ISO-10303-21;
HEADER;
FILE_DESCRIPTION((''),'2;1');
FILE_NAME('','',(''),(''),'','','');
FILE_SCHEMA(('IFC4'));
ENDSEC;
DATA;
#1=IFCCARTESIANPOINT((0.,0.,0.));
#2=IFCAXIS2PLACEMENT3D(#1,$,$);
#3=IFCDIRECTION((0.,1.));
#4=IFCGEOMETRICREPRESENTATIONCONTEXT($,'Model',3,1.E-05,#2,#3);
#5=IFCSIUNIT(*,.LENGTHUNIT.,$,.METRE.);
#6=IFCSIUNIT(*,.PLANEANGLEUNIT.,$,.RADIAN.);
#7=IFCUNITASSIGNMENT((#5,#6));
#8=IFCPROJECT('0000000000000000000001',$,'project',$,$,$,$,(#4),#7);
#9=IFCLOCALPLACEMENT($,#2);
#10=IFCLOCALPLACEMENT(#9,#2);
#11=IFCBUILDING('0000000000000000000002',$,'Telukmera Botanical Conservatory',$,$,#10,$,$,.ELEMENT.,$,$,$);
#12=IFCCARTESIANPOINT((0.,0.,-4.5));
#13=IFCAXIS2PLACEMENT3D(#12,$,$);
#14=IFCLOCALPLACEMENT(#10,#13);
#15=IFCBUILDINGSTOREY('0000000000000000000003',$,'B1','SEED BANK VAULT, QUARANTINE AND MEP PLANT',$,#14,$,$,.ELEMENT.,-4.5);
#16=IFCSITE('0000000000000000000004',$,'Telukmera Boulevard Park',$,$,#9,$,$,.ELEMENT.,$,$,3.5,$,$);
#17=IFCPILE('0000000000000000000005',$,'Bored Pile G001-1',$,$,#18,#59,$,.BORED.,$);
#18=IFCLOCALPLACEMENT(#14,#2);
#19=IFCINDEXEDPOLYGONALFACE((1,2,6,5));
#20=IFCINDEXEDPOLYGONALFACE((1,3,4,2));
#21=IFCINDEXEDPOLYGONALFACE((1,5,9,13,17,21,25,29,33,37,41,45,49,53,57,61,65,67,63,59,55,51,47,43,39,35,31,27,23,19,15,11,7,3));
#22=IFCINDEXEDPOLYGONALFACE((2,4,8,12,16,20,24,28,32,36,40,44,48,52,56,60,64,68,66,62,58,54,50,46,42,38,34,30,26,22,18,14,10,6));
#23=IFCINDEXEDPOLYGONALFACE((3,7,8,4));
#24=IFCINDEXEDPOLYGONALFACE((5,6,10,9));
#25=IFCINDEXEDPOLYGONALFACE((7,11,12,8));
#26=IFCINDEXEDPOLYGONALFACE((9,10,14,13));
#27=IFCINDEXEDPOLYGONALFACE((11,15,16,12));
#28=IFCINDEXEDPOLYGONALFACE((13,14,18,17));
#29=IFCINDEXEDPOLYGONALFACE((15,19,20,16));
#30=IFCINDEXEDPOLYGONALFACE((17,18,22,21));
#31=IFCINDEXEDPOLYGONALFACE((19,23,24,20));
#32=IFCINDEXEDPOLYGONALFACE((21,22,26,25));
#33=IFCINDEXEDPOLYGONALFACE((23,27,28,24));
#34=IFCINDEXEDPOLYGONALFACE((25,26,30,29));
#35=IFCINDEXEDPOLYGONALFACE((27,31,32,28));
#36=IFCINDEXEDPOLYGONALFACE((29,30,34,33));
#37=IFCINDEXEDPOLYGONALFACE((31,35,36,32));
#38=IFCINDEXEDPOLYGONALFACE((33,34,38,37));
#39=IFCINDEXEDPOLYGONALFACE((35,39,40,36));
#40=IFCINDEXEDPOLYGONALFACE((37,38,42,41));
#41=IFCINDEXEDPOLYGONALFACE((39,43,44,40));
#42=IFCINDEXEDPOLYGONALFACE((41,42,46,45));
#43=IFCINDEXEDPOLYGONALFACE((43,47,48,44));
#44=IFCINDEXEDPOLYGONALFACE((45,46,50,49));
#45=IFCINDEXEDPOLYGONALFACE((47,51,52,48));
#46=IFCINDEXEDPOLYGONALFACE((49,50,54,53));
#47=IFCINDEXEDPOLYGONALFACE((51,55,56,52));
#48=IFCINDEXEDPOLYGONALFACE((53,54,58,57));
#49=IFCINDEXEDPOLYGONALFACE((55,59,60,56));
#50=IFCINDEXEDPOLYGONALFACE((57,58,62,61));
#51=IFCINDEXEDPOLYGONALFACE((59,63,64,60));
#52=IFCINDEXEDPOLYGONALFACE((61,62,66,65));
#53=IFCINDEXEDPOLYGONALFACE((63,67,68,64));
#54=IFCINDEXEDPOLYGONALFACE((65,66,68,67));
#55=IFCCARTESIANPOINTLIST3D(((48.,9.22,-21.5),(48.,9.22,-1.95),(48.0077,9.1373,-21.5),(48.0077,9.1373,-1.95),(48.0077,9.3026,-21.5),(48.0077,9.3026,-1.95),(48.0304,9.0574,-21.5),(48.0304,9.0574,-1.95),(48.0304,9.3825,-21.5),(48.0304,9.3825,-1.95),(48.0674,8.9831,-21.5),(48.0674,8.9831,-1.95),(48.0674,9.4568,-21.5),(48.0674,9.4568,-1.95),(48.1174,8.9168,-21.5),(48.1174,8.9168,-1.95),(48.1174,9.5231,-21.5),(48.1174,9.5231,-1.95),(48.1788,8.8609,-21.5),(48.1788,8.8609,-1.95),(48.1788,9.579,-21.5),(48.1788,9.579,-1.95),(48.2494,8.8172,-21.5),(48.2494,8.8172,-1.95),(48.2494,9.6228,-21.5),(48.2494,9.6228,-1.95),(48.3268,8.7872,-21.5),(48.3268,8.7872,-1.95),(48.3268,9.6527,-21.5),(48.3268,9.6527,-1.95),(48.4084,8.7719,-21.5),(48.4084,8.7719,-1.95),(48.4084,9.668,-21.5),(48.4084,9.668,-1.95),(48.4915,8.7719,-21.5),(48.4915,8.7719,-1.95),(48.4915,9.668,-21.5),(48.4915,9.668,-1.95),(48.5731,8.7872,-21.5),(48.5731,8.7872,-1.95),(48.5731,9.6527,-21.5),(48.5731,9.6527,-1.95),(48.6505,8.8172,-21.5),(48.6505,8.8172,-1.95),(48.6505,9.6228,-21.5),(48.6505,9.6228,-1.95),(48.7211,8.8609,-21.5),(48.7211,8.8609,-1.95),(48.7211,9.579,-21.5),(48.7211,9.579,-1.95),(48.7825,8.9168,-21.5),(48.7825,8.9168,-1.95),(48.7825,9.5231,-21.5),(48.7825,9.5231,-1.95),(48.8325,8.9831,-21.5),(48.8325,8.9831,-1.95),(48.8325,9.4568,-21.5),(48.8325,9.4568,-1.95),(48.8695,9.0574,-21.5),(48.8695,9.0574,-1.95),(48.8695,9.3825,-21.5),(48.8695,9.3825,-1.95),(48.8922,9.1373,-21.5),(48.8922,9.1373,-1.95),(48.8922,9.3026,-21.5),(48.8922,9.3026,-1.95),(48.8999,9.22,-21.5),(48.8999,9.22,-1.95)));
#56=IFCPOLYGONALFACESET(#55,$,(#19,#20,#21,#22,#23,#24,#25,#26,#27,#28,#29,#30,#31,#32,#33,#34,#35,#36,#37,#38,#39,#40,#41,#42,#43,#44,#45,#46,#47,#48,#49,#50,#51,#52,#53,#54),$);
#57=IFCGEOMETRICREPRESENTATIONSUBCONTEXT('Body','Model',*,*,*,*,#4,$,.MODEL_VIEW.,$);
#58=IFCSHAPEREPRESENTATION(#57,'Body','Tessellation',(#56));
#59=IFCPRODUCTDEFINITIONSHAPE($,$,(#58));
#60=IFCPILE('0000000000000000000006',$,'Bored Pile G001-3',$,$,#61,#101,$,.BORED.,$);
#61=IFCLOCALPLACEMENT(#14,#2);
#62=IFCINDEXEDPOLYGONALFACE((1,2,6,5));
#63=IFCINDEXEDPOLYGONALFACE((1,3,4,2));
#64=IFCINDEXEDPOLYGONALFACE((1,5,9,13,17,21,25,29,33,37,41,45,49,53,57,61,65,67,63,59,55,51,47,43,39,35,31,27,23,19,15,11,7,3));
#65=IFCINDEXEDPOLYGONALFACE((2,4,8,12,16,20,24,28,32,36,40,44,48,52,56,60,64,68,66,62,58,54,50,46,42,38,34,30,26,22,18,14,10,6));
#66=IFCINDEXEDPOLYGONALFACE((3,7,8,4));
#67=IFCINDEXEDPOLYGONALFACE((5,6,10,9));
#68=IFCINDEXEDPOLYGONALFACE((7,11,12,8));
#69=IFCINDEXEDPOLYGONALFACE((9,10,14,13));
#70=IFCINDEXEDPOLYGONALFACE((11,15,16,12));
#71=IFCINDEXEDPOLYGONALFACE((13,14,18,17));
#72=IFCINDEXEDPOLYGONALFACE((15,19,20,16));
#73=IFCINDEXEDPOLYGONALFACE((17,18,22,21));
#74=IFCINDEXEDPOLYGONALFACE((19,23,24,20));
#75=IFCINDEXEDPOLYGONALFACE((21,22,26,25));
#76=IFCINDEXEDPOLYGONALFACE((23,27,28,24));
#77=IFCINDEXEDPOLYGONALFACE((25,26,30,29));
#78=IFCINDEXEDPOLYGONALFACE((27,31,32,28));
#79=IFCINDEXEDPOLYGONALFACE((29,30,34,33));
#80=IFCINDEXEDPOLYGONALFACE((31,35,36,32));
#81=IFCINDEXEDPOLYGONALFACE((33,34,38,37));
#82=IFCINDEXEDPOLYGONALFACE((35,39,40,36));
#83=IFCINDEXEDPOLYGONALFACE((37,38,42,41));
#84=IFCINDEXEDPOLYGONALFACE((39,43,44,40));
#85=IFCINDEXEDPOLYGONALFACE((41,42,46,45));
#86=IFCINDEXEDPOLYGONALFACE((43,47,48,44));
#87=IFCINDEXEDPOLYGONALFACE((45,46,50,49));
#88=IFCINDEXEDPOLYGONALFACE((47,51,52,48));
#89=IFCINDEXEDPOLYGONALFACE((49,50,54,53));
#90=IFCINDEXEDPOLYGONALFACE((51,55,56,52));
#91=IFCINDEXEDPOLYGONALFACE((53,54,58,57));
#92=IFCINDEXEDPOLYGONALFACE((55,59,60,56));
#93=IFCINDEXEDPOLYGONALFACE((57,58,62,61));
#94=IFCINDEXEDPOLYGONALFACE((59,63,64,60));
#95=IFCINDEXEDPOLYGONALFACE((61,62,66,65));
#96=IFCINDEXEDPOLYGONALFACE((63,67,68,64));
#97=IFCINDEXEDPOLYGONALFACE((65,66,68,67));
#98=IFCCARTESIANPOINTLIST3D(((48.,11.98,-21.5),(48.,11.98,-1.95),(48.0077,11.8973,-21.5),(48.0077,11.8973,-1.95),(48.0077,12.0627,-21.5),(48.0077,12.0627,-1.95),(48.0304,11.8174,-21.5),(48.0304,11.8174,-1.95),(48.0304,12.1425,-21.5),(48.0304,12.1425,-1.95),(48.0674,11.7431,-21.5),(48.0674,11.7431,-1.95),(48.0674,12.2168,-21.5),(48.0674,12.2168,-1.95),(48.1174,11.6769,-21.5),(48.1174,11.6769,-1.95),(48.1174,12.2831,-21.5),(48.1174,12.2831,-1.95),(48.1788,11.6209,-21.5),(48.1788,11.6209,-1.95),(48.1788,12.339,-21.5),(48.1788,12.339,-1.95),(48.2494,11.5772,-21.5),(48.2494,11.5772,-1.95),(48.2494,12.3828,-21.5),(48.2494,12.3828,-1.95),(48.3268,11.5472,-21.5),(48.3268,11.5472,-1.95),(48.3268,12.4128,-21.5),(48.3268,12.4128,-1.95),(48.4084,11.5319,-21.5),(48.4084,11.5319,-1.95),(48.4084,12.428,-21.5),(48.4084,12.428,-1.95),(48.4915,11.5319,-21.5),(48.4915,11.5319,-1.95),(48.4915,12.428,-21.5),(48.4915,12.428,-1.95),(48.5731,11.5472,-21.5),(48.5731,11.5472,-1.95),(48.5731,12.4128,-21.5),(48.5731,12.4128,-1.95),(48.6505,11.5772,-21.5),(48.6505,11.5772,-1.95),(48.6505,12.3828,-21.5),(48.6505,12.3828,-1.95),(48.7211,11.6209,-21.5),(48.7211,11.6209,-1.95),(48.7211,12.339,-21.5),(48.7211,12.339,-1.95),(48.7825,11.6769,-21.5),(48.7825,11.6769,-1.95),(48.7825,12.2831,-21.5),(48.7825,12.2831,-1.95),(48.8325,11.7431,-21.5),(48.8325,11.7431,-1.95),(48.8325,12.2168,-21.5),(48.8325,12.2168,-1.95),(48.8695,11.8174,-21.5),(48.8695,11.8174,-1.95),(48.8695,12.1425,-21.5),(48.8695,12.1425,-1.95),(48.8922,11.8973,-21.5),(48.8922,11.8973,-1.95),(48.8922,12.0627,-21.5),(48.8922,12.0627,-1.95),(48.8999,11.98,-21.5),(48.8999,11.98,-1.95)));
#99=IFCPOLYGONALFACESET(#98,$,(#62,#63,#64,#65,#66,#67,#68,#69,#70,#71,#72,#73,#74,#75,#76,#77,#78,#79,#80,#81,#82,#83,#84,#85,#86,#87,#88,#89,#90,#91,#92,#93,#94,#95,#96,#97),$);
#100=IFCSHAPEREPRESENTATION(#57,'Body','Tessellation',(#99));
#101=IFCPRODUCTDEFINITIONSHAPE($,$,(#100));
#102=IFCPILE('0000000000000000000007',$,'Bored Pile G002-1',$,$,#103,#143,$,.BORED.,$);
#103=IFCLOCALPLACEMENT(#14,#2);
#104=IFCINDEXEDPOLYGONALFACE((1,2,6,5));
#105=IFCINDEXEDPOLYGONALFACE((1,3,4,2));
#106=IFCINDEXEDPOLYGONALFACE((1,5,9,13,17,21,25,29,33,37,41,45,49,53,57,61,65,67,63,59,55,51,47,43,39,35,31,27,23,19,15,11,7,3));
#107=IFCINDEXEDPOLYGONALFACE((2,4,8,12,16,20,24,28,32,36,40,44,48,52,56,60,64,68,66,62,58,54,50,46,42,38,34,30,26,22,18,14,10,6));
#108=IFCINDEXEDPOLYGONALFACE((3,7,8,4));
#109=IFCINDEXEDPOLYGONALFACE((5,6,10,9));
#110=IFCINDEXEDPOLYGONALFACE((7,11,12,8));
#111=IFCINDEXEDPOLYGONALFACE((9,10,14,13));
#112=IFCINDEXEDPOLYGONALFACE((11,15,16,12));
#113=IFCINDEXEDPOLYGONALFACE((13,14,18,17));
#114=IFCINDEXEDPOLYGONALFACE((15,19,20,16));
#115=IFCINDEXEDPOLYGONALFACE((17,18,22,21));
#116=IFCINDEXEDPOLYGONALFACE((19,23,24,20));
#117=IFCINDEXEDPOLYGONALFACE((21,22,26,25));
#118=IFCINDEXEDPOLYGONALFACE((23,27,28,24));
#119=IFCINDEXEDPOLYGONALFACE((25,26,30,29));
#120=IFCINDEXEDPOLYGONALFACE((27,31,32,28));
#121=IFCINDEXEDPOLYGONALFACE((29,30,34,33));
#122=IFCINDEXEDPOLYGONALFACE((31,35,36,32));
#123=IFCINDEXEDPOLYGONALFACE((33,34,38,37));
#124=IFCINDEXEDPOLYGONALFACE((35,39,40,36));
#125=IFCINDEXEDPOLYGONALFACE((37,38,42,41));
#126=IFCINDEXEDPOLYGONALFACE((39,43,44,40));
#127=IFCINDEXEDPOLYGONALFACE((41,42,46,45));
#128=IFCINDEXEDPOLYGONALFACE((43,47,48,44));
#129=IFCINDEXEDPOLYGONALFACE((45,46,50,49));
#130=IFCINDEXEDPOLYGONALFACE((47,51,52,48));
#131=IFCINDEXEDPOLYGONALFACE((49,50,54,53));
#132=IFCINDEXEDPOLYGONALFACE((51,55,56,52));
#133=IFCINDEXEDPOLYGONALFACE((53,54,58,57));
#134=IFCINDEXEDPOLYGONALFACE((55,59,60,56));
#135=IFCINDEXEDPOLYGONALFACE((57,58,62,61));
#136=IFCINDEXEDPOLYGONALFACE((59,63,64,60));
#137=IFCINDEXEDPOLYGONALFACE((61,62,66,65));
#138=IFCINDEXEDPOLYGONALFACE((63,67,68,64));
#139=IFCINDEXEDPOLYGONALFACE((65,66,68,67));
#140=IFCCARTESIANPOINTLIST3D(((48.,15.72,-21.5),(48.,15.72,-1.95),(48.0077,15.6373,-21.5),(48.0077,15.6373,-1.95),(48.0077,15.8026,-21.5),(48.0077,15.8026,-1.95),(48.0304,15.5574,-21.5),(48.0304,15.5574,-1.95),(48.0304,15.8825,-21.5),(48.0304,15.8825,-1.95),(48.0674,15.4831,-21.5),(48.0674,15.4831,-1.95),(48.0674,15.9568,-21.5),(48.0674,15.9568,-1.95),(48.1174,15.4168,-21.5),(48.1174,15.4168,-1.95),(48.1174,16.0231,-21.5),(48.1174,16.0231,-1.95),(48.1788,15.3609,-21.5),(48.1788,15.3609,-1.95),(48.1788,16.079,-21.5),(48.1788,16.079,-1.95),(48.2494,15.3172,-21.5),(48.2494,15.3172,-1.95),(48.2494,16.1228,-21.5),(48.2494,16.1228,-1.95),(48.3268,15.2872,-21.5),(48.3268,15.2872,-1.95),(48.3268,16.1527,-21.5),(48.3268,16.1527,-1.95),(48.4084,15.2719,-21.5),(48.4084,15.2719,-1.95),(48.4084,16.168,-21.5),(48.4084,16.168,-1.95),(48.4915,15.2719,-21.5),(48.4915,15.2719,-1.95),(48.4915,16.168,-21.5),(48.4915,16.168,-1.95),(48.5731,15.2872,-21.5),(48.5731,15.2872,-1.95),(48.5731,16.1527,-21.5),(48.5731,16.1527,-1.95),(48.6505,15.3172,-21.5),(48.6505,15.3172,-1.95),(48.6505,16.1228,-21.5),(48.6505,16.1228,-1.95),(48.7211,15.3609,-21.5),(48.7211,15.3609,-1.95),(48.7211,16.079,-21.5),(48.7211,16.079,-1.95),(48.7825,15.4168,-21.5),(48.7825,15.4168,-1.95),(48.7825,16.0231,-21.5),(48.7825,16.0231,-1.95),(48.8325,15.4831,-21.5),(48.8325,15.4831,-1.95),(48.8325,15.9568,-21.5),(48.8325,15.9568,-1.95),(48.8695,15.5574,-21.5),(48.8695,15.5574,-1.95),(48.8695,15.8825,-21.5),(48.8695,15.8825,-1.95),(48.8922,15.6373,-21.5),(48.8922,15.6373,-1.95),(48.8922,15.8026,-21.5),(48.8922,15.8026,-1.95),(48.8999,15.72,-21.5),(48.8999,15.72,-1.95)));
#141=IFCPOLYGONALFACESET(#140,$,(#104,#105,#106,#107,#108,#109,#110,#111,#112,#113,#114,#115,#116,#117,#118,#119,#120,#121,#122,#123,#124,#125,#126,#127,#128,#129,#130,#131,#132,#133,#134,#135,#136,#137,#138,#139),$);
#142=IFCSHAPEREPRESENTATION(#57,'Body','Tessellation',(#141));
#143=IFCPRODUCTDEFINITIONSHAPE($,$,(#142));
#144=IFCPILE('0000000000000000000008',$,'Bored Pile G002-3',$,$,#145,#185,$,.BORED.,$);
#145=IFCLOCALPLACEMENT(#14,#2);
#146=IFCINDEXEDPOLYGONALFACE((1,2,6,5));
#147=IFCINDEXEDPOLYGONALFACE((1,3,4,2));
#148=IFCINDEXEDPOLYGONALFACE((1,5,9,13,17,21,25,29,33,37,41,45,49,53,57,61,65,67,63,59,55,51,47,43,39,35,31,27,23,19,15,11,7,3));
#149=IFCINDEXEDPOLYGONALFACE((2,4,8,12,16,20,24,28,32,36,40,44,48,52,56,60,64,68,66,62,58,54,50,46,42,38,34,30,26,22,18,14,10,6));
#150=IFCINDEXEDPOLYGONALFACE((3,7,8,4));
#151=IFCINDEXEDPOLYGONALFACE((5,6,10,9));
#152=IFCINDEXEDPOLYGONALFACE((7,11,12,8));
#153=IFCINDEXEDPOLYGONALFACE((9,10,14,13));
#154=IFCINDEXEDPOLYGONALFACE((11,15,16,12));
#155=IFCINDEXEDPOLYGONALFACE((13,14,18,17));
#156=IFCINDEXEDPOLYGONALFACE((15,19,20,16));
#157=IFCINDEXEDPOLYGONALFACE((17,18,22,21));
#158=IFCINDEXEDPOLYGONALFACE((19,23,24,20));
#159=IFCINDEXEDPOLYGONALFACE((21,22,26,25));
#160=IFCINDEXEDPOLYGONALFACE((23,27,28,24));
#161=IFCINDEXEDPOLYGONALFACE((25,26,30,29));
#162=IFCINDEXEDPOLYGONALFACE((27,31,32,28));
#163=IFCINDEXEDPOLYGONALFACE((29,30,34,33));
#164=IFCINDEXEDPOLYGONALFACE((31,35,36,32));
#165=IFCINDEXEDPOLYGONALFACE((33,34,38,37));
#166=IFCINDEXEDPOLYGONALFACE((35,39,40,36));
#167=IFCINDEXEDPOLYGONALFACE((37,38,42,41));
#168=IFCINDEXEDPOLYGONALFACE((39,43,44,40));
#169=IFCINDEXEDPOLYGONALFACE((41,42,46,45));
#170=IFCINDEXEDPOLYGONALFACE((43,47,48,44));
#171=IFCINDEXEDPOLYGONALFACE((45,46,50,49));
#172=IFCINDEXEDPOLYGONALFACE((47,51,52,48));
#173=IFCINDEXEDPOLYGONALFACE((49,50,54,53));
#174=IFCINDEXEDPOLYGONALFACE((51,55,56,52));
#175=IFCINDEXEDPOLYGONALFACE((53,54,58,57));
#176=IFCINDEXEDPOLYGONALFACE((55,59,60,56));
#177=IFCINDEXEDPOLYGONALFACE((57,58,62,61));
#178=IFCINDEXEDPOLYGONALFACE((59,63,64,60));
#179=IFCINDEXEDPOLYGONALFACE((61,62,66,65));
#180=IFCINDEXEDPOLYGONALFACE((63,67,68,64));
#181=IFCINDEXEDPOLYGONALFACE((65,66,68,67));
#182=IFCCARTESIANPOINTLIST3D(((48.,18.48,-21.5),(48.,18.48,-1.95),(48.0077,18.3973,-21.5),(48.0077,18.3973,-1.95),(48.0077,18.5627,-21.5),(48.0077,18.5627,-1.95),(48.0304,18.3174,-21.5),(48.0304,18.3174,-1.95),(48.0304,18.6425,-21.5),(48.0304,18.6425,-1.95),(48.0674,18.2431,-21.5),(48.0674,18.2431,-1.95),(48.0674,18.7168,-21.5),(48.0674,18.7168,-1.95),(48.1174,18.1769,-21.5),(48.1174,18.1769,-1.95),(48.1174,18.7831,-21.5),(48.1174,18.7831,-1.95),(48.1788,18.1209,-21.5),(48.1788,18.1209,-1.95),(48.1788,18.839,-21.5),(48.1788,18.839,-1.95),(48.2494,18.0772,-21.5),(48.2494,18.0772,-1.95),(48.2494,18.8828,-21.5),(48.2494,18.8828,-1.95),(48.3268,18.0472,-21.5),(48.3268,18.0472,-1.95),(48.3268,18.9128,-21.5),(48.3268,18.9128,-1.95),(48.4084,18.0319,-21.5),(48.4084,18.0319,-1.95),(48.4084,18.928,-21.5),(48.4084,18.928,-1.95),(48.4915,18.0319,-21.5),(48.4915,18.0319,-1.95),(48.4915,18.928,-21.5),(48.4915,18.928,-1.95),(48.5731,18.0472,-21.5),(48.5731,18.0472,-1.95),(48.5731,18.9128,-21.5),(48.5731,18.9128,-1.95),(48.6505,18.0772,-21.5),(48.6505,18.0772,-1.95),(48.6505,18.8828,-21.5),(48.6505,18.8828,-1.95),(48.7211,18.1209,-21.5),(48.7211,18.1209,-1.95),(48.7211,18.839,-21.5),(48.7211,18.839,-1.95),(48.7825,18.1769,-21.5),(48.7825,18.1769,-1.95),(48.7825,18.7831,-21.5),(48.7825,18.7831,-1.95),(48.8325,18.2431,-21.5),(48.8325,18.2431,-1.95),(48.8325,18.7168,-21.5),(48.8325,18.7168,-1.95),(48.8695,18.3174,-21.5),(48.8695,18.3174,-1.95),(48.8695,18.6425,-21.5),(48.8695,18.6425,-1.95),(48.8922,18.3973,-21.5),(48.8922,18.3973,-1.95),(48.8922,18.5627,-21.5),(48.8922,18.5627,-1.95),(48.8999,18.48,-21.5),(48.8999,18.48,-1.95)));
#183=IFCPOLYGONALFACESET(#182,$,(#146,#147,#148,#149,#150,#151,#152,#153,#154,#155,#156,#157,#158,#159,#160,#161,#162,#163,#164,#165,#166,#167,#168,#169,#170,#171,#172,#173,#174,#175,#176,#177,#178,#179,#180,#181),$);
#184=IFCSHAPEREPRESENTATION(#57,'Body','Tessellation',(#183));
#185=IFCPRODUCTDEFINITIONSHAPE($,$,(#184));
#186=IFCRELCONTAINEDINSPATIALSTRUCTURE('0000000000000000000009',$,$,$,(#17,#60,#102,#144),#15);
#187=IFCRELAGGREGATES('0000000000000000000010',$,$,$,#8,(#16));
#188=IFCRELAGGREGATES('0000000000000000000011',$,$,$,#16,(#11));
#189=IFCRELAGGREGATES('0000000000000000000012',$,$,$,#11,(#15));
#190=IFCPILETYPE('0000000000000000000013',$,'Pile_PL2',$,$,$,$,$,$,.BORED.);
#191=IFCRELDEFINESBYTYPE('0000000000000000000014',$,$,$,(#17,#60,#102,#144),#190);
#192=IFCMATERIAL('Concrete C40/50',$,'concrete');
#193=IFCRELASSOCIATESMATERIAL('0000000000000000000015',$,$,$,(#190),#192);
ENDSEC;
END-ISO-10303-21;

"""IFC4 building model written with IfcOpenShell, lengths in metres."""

from ifc_helpers import new_model, si_unit, direction, frame, origin, origin_2d, place, context, subcontext, project, spatial, circle, extrude, material, material_profile, profile_set, type_object, element, save


model = new_model("IFC4")

# Units and contexts
model_context = context("Model", 3, precision=1e-05, world=origin(), true_north=direction((0.0, 1.0)))
body_context = subcontext(model_context, "Body", "Model", "MODEL_VIEW")
ifc_project = project(units=[si_unit("LENGTHUNIT", "METRE"), si_unit("PLANEANGLEUNIT", "RADIAN")], contexts=[model_context])

# Site, building, storey
site_placement = place(None, origin())
site = spatial("IfcSite", under=ifc_project, at=site_placement, Name="Telukmera Boulevard Park", CompositionType="ELEMENT", RefElevation=3.5)
building_placement = place(site_placement, origin())
building = spatial("IfcBuilding", under=site, at=building_placement, Name="Telukmera Botanical Conservatory", CompositionType="ELEMENT")
storey_placement = place(building_placement, frame((0.0, 0.0, -4.5)))
storey = spatial("IfcBuildingStorey", under=building, at=storey_placement, Name="B1", Description="SEED BANK VAULT, QUARANTINE AND MEP PLANT", CompositionType="ELEMENT", Elevation=-4.5)

# Shared definitions
ifc_material_1 = material(Name="Concrete C40/50", Category="concrete")

# Piles
ifc_material_profile_1 = material_profile(ifc_material_1, circle(Radius=0.45, at=origin_2d()), Name="PILE D900")
ifc_profile_set_1 = profile_set([ifc_material_profile_1], Name="Concrete C40/50")
pile_type_1 = type_object("IfcPileType", Name="Pile_PL2", PredefinedType="BORED", material=ifc_profile_set_1)
for number, where, z_axis, x_axis, name in (
    (1, (48.45, 9.22, -1.95), (0.0, 0.0, -1.0), (1.0, 0.0, 0.0), "Bored Pile G001-1"),
    (2, (48.45, 11.98, -1.95), (0.0, 0.0, -1.0), (1.0, 0.0, 0.0), "Bored Pile G001-3"),
    (3, (48.45, 15.72, -1.95), (0.0, 0.0, -1.0), (1.0, 0.0, 0.0), "Bored Pile G002-1"),
    (4, (48.45, 18.48, -1.95), (0.0, 0.0, -1.0), (1.0, 0.0, 0.0), "Bored Pile G002-3"),
):
    element("IfcPile", number, at=place(storey_placement, frame(where, z_axis=z_axis, x_axis=x_axis)), inside=storey, type_object=pile_type_1, Name=name, PredefinedType="BORED", context=body_context, shape_type="SweptSolid", body=[
        extrude(circle(Radius=0.45, at=origin_2d()), origin(), (0.0, 0.0, 1.0), 19.55),
    ])

save(model, "model.ifc")
